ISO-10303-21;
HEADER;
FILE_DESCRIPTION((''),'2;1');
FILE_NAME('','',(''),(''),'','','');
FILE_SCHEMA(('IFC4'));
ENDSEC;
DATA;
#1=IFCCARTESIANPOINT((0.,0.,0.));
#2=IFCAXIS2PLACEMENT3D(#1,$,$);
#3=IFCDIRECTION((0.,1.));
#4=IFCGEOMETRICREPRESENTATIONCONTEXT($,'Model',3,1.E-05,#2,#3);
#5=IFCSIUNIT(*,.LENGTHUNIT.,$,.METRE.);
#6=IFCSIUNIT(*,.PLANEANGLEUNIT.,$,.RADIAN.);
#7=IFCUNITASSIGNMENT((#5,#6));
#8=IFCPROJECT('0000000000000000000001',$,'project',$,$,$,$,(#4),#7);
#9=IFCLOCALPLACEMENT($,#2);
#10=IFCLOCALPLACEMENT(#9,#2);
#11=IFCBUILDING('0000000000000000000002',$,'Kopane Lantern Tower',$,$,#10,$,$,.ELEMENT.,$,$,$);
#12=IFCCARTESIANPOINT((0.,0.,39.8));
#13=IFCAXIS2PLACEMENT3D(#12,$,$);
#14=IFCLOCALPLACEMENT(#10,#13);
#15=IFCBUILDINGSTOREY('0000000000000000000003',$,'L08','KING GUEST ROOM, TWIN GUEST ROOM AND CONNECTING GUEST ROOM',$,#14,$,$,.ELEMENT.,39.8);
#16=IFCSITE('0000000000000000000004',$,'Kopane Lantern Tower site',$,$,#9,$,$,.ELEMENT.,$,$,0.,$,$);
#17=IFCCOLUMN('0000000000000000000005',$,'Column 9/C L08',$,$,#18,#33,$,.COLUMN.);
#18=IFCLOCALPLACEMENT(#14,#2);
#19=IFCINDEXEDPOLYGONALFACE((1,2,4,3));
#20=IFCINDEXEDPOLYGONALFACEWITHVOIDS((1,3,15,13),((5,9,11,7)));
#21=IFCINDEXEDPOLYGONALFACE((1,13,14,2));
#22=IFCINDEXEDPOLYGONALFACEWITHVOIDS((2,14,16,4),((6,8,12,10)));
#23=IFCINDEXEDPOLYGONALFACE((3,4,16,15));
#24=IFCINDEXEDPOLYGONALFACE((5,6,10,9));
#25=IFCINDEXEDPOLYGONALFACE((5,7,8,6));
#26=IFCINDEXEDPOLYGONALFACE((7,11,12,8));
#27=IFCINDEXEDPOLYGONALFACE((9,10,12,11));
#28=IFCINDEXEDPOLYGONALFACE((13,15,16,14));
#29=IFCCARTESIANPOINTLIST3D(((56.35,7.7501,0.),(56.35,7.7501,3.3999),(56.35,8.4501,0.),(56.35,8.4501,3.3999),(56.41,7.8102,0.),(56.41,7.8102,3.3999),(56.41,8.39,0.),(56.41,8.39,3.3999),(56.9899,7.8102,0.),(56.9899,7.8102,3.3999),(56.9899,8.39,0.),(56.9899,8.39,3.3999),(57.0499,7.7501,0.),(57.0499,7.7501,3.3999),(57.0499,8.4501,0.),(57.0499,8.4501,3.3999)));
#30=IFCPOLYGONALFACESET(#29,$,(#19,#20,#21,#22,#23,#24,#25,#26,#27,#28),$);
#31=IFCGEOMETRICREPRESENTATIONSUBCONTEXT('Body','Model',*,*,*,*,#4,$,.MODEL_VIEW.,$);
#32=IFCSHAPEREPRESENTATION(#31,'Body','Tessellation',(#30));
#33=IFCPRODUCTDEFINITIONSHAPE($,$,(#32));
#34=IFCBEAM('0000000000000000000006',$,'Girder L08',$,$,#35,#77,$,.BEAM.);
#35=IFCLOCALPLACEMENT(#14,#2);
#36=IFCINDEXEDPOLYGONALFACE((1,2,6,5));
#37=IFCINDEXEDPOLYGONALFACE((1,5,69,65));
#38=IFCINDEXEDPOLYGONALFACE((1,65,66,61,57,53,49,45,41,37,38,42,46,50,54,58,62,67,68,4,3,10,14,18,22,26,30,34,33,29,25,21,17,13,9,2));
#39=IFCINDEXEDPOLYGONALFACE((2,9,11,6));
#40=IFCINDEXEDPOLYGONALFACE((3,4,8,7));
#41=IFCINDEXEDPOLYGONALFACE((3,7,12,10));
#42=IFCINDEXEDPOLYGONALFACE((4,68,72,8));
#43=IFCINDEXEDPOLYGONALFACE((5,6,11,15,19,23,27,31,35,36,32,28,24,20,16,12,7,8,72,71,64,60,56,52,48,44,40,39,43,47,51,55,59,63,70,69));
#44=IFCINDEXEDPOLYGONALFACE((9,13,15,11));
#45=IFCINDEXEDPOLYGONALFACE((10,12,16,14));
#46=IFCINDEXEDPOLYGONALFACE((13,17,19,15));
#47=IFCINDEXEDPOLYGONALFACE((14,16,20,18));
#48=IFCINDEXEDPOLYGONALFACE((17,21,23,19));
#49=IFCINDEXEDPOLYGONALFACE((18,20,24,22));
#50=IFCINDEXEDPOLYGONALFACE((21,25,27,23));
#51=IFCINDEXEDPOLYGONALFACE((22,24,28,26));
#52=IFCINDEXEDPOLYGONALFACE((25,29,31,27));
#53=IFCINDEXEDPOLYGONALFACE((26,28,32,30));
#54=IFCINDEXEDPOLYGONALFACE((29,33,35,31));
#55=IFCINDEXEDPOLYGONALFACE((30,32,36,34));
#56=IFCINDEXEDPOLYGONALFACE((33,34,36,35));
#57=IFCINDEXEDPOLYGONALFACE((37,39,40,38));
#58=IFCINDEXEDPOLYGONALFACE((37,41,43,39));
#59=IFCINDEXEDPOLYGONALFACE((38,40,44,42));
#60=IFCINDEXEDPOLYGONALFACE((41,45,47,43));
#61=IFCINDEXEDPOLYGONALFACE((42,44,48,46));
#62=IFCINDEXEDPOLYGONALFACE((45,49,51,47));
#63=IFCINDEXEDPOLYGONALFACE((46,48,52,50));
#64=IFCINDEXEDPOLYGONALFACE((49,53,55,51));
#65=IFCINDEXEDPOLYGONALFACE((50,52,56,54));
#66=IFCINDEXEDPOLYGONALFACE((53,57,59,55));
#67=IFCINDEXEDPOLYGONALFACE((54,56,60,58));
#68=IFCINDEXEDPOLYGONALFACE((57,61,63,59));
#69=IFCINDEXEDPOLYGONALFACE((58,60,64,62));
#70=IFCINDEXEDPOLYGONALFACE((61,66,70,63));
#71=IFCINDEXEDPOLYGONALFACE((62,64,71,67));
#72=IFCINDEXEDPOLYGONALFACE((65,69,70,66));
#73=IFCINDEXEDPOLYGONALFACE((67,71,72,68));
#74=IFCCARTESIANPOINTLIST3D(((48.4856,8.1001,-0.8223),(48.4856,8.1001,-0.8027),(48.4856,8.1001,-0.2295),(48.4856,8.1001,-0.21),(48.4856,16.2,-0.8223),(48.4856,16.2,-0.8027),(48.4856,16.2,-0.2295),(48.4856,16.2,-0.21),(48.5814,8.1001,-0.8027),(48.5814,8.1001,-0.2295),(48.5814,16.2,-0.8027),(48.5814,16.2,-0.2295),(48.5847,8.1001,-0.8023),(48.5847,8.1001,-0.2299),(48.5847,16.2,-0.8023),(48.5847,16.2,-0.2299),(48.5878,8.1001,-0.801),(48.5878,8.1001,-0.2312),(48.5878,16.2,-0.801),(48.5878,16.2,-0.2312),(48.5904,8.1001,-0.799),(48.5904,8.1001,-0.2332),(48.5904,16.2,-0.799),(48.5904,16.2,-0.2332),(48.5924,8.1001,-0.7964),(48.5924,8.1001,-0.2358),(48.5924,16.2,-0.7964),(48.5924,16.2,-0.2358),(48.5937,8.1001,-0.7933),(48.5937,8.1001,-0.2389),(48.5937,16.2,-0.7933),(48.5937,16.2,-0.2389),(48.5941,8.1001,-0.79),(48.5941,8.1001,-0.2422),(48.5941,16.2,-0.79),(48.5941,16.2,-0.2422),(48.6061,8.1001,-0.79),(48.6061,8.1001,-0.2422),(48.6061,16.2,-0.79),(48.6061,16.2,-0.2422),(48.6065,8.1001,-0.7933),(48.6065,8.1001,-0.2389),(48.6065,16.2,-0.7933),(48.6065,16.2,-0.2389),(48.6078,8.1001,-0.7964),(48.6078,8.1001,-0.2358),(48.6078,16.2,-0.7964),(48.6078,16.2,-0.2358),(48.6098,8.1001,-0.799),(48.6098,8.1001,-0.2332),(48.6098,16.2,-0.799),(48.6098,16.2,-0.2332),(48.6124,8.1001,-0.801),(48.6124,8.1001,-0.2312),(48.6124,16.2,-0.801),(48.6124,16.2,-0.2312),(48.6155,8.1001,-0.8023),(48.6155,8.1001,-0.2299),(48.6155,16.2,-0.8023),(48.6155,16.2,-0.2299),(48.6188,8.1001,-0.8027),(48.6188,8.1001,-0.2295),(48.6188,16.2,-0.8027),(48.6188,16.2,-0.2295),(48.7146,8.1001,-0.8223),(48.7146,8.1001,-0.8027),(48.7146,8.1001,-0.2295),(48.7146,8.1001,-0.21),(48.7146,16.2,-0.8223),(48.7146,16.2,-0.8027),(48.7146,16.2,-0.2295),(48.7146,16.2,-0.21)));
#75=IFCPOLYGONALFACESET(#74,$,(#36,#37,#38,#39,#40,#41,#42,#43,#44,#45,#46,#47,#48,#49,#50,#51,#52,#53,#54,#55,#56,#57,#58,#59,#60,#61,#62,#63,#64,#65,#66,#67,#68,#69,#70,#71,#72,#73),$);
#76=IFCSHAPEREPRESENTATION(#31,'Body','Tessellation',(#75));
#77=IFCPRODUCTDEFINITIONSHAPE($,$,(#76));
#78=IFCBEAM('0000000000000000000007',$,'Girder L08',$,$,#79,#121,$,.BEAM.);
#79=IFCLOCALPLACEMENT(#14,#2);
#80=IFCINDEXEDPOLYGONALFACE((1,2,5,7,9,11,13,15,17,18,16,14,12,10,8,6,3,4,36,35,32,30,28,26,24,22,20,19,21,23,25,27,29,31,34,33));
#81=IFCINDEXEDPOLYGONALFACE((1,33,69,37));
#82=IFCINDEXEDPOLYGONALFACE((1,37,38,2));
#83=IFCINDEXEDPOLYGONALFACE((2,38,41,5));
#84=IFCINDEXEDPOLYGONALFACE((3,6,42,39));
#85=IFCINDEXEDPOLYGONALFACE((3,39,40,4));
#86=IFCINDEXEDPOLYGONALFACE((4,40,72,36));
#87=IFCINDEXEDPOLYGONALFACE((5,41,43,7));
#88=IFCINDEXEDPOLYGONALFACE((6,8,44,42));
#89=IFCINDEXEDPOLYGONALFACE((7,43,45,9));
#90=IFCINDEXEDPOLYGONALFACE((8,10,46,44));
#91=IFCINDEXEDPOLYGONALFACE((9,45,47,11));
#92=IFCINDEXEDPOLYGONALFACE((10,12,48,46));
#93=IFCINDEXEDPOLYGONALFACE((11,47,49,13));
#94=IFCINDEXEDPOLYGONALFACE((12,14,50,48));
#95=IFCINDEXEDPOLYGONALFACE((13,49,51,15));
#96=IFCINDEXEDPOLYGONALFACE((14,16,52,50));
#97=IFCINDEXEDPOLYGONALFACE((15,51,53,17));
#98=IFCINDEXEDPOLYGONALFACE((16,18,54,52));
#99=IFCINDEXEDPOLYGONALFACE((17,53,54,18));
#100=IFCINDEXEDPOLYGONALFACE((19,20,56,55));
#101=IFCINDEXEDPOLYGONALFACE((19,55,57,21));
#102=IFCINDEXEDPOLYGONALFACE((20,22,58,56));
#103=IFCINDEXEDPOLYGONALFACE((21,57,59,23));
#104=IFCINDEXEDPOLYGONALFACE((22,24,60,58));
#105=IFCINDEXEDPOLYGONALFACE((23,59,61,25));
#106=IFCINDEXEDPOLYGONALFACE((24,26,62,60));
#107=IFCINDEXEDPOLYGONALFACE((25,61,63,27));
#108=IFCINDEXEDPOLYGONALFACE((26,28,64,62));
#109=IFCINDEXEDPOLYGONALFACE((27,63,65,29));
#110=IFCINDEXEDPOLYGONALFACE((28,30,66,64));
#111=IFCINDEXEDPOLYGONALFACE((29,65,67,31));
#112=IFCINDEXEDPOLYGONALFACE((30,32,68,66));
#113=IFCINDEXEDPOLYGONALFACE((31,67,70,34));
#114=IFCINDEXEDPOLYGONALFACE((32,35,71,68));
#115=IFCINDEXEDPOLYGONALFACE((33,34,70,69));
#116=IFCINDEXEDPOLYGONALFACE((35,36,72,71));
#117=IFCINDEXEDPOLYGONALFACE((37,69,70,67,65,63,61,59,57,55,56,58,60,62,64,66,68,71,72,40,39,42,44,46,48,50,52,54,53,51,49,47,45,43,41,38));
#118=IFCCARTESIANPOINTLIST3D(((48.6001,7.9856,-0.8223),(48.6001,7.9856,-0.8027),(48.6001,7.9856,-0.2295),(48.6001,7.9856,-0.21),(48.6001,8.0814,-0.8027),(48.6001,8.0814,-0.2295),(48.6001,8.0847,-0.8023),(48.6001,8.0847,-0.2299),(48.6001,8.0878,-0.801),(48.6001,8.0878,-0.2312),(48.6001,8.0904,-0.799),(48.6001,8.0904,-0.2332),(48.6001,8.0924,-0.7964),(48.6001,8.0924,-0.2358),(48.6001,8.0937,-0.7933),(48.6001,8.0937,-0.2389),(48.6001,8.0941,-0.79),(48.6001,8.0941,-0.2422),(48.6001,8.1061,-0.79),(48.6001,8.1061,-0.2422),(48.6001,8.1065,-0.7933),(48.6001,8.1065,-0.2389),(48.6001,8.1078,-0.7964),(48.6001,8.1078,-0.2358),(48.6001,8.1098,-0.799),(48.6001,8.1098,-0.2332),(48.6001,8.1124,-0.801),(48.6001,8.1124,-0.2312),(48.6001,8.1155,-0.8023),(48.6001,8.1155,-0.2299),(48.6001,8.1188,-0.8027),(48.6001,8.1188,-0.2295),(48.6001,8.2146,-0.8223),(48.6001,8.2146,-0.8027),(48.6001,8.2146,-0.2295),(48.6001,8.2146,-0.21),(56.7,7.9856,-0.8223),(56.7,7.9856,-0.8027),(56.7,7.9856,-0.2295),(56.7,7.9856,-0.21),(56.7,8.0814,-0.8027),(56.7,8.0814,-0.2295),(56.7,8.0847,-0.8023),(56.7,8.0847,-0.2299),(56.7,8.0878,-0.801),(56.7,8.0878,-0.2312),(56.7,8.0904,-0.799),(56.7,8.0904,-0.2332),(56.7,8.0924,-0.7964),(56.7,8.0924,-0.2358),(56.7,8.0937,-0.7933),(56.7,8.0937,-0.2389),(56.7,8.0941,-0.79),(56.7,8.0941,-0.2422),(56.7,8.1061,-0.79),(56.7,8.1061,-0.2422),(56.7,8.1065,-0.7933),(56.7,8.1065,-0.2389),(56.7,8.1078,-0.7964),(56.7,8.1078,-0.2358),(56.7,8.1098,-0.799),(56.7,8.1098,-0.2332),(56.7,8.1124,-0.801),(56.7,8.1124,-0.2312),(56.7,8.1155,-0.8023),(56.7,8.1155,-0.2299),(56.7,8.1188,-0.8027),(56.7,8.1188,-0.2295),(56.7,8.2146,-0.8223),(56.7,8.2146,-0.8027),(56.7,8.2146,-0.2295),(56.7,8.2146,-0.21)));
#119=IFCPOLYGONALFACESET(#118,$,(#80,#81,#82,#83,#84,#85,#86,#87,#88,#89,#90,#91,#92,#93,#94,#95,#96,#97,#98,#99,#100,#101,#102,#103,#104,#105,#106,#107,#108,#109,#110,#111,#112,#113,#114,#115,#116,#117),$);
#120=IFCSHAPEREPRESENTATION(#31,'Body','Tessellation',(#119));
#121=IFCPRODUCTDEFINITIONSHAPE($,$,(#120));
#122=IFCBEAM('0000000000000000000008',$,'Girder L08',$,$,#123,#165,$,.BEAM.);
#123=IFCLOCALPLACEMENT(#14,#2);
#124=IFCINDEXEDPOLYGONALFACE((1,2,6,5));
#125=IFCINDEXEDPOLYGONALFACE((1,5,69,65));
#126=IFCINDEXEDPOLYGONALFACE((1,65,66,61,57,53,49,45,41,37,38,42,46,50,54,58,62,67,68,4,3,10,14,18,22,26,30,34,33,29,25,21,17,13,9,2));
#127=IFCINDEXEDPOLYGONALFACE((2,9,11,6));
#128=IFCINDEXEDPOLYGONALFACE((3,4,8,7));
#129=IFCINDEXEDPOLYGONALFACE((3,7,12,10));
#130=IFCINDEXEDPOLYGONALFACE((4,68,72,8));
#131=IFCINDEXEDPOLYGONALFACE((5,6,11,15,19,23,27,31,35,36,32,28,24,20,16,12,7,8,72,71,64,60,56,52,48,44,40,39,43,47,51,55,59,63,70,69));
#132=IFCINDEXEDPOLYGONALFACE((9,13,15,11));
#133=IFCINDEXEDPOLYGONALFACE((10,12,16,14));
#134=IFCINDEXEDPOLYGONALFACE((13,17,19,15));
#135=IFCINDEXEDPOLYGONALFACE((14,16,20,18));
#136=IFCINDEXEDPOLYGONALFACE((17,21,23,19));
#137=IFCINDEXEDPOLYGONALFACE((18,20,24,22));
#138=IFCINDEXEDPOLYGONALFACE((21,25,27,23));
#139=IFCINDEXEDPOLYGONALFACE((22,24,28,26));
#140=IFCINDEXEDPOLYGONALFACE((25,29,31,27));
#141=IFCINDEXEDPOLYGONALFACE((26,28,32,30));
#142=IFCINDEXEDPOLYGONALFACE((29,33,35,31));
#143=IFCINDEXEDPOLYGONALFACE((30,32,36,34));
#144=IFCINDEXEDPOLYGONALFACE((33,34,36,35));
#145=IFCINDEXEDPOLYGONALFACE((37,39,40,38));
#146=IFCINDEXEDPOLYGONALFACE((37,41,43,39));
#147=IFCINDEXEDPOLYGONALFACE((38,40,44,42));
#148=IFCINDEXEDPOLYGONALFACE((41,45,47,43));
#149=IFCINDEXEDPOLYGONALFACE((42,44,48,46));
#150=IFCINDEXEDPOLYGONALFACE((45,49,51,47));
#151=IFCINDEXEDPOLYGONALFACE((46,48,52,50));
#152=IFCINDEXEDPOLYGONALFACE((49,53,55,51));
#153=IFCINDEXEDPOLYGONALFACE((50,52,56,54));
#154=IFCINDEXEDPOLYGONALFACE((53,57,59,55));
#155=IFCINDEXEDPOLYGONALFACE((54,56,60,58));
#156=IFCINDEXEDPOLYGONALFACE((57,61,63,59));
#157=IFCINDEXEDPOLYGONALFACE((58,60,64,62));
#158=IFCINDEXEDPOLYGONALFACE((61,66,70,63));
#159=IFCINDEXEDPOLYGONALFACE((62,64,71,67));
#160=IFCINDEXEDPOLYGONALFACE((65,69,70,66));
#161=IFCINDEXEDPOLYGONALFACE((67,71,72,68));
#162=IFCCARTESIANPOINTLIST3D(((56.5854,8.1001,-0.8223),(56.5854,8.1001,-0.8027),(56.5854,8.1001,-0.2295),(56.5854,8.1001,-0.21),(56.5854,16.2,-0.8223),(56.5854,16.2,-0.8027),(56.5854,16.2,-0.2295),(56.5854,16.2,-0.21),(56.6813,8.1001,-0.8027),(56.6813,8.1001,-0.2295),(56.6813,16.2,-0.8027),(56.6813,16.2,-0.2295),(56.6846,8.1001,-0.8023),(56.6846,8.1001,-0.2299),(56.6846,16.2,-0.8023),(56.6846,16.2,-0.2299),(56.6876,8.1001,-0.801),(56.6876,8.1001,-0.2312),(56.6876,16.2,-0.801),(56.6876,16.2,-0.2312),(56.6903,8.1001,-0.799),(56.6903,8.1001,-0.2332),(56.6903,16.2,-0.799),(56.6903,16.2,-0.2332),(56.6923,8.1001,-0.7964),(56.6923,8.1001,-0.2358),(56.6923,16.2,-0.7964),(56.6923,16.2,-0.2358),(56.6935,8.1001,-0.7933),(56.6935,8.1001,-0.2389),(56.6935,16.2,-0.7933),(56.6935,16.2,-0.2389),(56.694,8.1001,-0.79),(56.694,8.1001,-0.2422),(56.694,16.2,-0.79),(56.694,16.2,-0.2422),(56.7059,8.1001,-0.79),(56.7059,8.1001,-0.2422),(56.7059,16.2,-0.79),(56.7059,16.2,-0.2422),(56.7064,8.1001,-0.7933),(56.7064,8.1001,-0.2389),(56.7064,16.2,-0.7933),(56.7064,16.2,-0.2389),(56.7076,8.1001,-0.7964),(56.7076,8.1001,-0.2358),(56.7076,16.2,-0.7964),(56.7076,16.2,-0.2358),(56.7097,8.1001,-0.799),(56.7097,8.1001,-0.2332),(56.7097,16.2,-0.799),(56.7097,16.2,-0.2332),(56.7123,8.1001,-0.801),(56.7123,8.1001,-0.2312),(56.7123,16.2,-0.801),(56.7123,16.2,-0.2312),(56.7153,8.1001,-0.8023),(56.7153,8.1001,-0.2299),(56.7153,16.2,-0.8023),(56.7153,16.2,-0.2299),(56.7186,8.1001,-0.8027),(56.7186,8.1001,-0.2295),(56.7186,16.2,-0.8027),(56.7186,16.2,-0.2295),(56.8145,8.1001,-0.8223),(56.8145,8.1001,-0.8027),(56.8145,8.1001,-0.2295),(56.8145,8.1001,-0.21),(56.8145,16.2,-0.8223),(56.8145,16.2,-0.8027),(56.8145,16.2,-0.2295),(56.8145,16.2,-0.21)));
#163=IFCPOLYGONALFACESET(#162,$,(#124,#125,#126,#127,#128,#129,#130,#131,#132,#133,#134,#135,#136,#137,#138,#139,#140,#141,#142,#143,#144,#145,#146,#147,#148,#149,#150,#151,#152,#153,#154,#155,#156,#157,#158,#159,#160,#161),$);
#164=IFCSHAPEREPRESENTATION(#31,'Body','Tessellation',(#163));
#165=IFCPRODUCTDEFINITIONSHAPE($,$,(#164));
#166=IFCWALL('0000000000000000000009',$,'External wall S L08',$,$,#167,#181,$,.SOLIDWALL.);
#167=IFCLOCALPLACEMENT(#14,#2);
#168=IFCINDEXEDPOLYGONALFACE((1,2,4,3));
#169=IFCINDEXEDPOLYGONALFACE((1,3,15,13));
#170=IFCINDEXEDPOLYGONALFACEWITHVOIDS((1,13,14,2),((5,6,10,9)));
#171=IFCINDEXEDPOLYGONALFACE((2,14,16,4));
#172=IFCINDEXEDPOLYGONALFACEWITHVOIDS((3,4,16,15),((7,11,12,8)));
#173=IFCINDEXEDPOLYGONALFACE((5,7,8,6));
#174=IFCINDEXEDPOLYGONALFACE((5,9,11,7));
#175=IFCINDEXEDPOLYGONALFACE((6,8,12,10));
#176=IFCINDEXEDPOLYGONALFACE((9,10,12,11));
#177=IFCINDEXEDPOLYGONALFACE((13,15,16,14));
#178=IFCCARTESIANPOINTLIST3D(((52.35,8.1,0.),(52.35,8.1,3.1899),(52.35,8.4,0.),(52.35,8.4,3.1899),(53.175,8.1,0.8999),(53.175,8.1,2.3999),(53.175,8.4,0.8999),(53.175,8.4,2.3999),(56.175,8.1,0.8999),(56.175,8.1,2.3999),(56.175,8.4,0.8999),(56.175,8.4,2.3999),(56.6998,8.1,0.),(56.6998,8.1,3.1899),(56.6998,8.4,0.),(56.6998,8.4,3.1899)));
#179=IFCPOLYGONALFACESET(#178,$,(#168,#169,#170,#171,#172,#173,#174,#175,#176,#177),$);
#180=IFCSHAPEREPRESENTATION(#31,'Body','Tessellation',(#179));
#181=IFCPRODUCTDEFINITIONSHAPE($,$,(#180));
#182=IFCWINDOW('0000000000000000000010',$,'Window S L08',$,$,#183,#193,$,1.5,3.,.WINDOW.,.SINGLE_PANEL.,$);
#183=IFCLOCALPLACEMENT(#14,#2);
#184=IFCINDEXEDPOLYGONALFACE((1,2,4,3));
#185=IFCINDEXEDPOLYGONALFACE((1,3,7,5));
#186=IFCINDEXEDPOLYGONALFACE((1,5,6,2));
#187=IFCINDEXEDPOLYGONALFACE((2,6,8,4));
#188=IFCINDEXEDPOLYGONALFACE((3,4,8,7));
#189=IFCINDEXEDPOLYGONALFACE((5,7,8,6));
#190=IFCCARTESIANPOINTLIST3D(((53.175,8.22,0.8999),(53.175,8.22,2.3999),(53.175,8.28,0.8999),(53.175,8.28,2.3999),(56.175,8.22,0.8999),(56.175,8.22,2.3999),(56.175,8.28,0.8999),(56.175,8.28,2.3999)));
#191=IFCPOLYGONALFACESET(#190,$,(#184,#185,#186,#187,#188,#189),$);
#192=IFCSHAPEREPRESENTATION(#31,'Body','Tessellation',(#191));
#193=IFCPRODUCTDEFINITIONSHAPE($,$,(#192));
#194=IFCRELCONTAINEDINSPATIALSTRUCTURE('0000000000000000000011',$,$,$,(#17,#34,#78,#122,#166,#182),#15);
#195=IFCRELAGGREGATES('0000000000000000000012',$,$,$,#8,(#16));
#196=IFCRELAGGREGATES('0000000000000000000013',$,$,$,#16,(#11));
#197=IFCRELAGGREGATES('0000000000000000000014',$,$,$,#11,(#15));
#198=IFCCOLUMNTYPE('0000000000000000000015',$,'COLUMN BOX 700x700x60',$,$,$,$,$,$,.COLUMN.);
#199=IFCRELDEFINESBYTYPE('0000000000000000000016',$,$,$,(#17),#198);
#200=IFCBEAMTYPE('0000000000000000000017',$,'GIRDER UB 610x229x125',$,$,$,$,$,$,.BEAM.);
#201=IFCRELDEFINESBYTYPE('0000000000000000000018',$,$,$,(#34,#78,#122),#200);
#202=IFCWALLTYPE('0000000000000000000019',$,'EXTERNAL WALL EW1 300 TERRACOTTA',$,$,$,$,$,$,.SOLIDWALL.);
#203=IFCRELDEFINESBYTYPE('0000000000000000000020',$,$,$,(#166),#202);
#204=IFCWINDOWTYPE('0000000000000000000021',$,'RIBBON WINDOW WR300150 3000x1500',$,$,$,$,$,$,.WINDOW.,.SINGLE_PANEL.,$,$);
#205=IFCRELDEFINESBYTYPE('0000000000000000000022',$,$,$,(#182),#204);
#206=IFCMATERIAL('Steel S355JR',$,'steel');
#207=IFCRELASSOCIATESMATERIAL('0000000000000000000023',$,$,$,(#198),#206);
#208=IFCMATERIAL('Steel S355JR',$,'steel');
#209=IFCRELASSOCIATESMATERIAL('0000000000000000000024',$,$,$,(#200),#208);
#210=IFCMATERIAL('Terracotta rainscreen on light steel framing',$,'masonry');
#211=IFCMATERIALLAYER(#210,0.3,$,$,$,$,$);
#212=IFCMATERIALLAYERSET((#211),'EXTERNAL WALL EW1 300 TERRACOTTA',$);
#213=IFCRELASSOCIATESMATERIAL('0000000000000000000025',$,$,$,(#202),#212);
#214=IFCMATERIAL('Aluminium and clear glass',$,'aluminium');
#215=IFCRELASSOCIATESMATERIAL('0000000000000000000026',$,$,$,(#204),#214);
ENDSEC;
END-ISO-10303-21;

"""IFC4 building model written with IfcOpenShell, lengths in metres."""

from ifc_helpers import new_model, si_unit, direction, frame, frame_2d, origin, origin_2d, place, context, subcontext, project, spatial, rectangle, hollow_rectangle, i_section, extrude, material, layer, layer_set, material_profile, profile_set, type_object, element, fill, save


model = new_model("IFC4")

# Units and contexts
model_context = context("Model", 3, precision=1e-05, world=origin(), true_north=direction((0.0, 1.0)))
body_context = subcontext(model_context, "Body", "Model", "MODEL_VIEW")
ifc_project = project(units=[si_unit("LENGTHUNIT", "METRE"), si_unit("PLANEANGLEUNIT", "RADIAN")], contexts=[model_context])

# Site, building, storey
site_placement = place(None, origin())
site = spatial("IfcSite", under=ifc_project, at=site_placement, Name="Kopane Lantern Tower site", CompositionType="ELEMENT", RefElevation=0.0)
building_placement = place(site_placement, origin())
building = spatial("IfcBuilding", under=site, at=building_placement, Name="Kopane Lantern Tower", CompositionType="ELEMENT")
storey_placement = place(building_placement, frame((0.0, 0.0, 39.8)))
storey = spatial("IfcBuildingStorey", under=building, at=storey_placement, Name="L08", Description="KING GUEST ROOM, TWIN GUEST ROOM AND CONNECTING GUEST ROOM", CompositionType="ELEMENT", Elevation=39.8)

# Column
ifc_material_1 = material(Name="Steel S355JR", Category="steel")
ifc_material_profile_1 = material_profile(ifc_material_1, hollow_rectangle(XDim=0.7, YDim=0.7, WallThickness=0.0601, at=origin_2d()), Name="BOX 700x700x60")
ifc_profile_set_1 = profile_set([ifc_material_profile_1], Name="Steel S355JR")
column_type = type_object("IfcColumnType", Name="COLUMN BOX 700x700x60", PredefinedType="COLUMN", material=ifc_profile_set_1)
column_placement = place(storey_placement, frame((56.7, 8.1001, 0.0), z_axis=(0.0, 0.0, 1.0), x_axis=(1.0, 0.0, 0.0)))
element("IfcColumn", 1, at=column_placement, inside=storey, type_object=column_type, Name="Column 9/C L08", PredefinedType="COLUMN", context=body_context, shape_type="SweptSolid", body=[
    extrude(hollow_rectangle(XDim=0.7, YDim=0.7, WallThickness=0.0601, at=origin_2d()), origin(), (0.0, 0.0, 1.0), 3.3999),
])

# Beams
ifc_material_2 = material(Name="Steel S355JR", Category="steel")
ifc_material_profile_2 = material_profile(ifc_material_2, i_section(OverallWidth=0.229, OverallDepth=0.6123, WebThickness=0.012, FlangeThickness=0.0195, FilletRadius=0.0127, at=origin_2d()), Name="UB 610x229x125")
ifc_profile_set_2 = profile_set([ifc_material_profile_2], Name="Steel S355JR")
beam_type = type_object("IfcBeamType", Name="GIRDER UB 610x229x125", PredefinedType="BEAM", material=ifc_profile_set_2)
for number, where, z_axis, x_axis, name in (
    (2, (48.6001, 8.1001, -0.5161), (0.0, 1.0, 0.0), (-1.0, 0.0, 0.0), "Girder L08"),
    (3, (48.6001, 8.1001, -0.5161), (1.0, 0.0, 0.0), (0.0, 1.0, 0.0), "Girder L08"),
    (4, (56.7, 8.1001, -0.5161), (0.0, 1.0, 0.0), (-1.0, 0.0, 0.0), "Girder L08"),
):
    element("IfcBeam", number, at=place(storey_placement, frame(where, z_axis=z_axis, x_axis=x_axis)), inside=storey, type_object=beam_type, Name=name, PredefinedType="BEAM", context=body_context, shape_type="SweptSolid", body=[
        extrude(i_section(OverallWidth=0.229, OverallDepth=0.6123, WebThickness=0.012, FlangeThickness=0.0195, FilletRadius=0.0127, at=origin_2d()), origin(), (0.0, 0.0, 1.0), 8.0999),
    ])

# Wall, opening, window
ifc_material_3 = material(Name="Terracotta rainscreen on light steel framing", Category="masonry")
ifc_layer = layer(ifc_material_3, 0.3)
ifc_layer_set = layer_set([ifc_layer], Name="EXTERNAL WALL EW1 300 TERRACOTTA")
wall_type = type_object("IfcWallType", Name="EXTERNAL WALL EW1 300 TERRACOTTA", PredefinedType="SOLIDWALL", material=ifc_layer_set)
wall_1_placement = place(storey_placement, frame((52.3501, 8.25, 0.0), z_axis=(0.0, 0.0, 1.0), x_axis=(1.0, 0.0, 0.0)))
wall_1 = element("IfcWall", 5, at=wall_1_placement, inside=storey, type_object=wall_type, Name="External wall S L08", PredefinedType="SOLIDWALL", context=body_context, shape_type="SweptSolid", body=[
    extrude(rectangle(XDim=4.3499, YDim=0.3, at=frame_2d((2.1748, 0.0))), origin(), (0.0, 0.0, 1.0), 3.1899),
])
opening_1_placement = place(wall_1_placement, frame((0.825, 0.0, 0.8999)))
opening_1 = element("IfcOpeningElement", 6, at=opening_1_placement, cuts=wall_1, PredefinedType="OPENING", context=body_context, shape_type="SweptSolid", body=[
    extrude(rectangle(XDim=3.0, YDim=1.5, at=frame_2d((1.5, 0.75))), frame((0.0, 0.1599, 0.0), z_axis=(0.0, -1.0, 0.0), x_axis=(1.0, 0.0, 0.0)), (0.0, 0.0, 1.0), 0.3201),
])
ifc_material_4 = material(Name="Aluminium and clear glass", Category="aluminium")
window_type_1 = type_object("IfcWindowType", Name="RIBBON WINDOW WR300150 3000x1500", PartitioningType="SINGLE_PANEL", PredefinedType="WINDOW", material=ifc_material_4)
window_1_placement = place(opening_1_placement, origin())
window_1 = element("IfcWindow", 7, at=window_1_placement, inside=storey, type_object=window_type_1, Name="Window S L08", OverallHeight=1.5, OverallWidth=3.0, PartitioningType="SINGLE_PANEL", PredefinedType="WINDOW", context=body_context, shape_type="SweptSolid", body=[
    extrude(rectangle(XDim=3.0, YDim=1.5, at=frame_2d((1.5, 0.75))), frame((0.0, 0.03, 0.0), z_axis=(0.0, -1.0, 0.0), x_axis=(1.0, 0.0, 0.0)), (0.0, 0.0, 1.0), 0.0601),
])
fill(opening_1, window_1)

save(model, "model.ifc")
